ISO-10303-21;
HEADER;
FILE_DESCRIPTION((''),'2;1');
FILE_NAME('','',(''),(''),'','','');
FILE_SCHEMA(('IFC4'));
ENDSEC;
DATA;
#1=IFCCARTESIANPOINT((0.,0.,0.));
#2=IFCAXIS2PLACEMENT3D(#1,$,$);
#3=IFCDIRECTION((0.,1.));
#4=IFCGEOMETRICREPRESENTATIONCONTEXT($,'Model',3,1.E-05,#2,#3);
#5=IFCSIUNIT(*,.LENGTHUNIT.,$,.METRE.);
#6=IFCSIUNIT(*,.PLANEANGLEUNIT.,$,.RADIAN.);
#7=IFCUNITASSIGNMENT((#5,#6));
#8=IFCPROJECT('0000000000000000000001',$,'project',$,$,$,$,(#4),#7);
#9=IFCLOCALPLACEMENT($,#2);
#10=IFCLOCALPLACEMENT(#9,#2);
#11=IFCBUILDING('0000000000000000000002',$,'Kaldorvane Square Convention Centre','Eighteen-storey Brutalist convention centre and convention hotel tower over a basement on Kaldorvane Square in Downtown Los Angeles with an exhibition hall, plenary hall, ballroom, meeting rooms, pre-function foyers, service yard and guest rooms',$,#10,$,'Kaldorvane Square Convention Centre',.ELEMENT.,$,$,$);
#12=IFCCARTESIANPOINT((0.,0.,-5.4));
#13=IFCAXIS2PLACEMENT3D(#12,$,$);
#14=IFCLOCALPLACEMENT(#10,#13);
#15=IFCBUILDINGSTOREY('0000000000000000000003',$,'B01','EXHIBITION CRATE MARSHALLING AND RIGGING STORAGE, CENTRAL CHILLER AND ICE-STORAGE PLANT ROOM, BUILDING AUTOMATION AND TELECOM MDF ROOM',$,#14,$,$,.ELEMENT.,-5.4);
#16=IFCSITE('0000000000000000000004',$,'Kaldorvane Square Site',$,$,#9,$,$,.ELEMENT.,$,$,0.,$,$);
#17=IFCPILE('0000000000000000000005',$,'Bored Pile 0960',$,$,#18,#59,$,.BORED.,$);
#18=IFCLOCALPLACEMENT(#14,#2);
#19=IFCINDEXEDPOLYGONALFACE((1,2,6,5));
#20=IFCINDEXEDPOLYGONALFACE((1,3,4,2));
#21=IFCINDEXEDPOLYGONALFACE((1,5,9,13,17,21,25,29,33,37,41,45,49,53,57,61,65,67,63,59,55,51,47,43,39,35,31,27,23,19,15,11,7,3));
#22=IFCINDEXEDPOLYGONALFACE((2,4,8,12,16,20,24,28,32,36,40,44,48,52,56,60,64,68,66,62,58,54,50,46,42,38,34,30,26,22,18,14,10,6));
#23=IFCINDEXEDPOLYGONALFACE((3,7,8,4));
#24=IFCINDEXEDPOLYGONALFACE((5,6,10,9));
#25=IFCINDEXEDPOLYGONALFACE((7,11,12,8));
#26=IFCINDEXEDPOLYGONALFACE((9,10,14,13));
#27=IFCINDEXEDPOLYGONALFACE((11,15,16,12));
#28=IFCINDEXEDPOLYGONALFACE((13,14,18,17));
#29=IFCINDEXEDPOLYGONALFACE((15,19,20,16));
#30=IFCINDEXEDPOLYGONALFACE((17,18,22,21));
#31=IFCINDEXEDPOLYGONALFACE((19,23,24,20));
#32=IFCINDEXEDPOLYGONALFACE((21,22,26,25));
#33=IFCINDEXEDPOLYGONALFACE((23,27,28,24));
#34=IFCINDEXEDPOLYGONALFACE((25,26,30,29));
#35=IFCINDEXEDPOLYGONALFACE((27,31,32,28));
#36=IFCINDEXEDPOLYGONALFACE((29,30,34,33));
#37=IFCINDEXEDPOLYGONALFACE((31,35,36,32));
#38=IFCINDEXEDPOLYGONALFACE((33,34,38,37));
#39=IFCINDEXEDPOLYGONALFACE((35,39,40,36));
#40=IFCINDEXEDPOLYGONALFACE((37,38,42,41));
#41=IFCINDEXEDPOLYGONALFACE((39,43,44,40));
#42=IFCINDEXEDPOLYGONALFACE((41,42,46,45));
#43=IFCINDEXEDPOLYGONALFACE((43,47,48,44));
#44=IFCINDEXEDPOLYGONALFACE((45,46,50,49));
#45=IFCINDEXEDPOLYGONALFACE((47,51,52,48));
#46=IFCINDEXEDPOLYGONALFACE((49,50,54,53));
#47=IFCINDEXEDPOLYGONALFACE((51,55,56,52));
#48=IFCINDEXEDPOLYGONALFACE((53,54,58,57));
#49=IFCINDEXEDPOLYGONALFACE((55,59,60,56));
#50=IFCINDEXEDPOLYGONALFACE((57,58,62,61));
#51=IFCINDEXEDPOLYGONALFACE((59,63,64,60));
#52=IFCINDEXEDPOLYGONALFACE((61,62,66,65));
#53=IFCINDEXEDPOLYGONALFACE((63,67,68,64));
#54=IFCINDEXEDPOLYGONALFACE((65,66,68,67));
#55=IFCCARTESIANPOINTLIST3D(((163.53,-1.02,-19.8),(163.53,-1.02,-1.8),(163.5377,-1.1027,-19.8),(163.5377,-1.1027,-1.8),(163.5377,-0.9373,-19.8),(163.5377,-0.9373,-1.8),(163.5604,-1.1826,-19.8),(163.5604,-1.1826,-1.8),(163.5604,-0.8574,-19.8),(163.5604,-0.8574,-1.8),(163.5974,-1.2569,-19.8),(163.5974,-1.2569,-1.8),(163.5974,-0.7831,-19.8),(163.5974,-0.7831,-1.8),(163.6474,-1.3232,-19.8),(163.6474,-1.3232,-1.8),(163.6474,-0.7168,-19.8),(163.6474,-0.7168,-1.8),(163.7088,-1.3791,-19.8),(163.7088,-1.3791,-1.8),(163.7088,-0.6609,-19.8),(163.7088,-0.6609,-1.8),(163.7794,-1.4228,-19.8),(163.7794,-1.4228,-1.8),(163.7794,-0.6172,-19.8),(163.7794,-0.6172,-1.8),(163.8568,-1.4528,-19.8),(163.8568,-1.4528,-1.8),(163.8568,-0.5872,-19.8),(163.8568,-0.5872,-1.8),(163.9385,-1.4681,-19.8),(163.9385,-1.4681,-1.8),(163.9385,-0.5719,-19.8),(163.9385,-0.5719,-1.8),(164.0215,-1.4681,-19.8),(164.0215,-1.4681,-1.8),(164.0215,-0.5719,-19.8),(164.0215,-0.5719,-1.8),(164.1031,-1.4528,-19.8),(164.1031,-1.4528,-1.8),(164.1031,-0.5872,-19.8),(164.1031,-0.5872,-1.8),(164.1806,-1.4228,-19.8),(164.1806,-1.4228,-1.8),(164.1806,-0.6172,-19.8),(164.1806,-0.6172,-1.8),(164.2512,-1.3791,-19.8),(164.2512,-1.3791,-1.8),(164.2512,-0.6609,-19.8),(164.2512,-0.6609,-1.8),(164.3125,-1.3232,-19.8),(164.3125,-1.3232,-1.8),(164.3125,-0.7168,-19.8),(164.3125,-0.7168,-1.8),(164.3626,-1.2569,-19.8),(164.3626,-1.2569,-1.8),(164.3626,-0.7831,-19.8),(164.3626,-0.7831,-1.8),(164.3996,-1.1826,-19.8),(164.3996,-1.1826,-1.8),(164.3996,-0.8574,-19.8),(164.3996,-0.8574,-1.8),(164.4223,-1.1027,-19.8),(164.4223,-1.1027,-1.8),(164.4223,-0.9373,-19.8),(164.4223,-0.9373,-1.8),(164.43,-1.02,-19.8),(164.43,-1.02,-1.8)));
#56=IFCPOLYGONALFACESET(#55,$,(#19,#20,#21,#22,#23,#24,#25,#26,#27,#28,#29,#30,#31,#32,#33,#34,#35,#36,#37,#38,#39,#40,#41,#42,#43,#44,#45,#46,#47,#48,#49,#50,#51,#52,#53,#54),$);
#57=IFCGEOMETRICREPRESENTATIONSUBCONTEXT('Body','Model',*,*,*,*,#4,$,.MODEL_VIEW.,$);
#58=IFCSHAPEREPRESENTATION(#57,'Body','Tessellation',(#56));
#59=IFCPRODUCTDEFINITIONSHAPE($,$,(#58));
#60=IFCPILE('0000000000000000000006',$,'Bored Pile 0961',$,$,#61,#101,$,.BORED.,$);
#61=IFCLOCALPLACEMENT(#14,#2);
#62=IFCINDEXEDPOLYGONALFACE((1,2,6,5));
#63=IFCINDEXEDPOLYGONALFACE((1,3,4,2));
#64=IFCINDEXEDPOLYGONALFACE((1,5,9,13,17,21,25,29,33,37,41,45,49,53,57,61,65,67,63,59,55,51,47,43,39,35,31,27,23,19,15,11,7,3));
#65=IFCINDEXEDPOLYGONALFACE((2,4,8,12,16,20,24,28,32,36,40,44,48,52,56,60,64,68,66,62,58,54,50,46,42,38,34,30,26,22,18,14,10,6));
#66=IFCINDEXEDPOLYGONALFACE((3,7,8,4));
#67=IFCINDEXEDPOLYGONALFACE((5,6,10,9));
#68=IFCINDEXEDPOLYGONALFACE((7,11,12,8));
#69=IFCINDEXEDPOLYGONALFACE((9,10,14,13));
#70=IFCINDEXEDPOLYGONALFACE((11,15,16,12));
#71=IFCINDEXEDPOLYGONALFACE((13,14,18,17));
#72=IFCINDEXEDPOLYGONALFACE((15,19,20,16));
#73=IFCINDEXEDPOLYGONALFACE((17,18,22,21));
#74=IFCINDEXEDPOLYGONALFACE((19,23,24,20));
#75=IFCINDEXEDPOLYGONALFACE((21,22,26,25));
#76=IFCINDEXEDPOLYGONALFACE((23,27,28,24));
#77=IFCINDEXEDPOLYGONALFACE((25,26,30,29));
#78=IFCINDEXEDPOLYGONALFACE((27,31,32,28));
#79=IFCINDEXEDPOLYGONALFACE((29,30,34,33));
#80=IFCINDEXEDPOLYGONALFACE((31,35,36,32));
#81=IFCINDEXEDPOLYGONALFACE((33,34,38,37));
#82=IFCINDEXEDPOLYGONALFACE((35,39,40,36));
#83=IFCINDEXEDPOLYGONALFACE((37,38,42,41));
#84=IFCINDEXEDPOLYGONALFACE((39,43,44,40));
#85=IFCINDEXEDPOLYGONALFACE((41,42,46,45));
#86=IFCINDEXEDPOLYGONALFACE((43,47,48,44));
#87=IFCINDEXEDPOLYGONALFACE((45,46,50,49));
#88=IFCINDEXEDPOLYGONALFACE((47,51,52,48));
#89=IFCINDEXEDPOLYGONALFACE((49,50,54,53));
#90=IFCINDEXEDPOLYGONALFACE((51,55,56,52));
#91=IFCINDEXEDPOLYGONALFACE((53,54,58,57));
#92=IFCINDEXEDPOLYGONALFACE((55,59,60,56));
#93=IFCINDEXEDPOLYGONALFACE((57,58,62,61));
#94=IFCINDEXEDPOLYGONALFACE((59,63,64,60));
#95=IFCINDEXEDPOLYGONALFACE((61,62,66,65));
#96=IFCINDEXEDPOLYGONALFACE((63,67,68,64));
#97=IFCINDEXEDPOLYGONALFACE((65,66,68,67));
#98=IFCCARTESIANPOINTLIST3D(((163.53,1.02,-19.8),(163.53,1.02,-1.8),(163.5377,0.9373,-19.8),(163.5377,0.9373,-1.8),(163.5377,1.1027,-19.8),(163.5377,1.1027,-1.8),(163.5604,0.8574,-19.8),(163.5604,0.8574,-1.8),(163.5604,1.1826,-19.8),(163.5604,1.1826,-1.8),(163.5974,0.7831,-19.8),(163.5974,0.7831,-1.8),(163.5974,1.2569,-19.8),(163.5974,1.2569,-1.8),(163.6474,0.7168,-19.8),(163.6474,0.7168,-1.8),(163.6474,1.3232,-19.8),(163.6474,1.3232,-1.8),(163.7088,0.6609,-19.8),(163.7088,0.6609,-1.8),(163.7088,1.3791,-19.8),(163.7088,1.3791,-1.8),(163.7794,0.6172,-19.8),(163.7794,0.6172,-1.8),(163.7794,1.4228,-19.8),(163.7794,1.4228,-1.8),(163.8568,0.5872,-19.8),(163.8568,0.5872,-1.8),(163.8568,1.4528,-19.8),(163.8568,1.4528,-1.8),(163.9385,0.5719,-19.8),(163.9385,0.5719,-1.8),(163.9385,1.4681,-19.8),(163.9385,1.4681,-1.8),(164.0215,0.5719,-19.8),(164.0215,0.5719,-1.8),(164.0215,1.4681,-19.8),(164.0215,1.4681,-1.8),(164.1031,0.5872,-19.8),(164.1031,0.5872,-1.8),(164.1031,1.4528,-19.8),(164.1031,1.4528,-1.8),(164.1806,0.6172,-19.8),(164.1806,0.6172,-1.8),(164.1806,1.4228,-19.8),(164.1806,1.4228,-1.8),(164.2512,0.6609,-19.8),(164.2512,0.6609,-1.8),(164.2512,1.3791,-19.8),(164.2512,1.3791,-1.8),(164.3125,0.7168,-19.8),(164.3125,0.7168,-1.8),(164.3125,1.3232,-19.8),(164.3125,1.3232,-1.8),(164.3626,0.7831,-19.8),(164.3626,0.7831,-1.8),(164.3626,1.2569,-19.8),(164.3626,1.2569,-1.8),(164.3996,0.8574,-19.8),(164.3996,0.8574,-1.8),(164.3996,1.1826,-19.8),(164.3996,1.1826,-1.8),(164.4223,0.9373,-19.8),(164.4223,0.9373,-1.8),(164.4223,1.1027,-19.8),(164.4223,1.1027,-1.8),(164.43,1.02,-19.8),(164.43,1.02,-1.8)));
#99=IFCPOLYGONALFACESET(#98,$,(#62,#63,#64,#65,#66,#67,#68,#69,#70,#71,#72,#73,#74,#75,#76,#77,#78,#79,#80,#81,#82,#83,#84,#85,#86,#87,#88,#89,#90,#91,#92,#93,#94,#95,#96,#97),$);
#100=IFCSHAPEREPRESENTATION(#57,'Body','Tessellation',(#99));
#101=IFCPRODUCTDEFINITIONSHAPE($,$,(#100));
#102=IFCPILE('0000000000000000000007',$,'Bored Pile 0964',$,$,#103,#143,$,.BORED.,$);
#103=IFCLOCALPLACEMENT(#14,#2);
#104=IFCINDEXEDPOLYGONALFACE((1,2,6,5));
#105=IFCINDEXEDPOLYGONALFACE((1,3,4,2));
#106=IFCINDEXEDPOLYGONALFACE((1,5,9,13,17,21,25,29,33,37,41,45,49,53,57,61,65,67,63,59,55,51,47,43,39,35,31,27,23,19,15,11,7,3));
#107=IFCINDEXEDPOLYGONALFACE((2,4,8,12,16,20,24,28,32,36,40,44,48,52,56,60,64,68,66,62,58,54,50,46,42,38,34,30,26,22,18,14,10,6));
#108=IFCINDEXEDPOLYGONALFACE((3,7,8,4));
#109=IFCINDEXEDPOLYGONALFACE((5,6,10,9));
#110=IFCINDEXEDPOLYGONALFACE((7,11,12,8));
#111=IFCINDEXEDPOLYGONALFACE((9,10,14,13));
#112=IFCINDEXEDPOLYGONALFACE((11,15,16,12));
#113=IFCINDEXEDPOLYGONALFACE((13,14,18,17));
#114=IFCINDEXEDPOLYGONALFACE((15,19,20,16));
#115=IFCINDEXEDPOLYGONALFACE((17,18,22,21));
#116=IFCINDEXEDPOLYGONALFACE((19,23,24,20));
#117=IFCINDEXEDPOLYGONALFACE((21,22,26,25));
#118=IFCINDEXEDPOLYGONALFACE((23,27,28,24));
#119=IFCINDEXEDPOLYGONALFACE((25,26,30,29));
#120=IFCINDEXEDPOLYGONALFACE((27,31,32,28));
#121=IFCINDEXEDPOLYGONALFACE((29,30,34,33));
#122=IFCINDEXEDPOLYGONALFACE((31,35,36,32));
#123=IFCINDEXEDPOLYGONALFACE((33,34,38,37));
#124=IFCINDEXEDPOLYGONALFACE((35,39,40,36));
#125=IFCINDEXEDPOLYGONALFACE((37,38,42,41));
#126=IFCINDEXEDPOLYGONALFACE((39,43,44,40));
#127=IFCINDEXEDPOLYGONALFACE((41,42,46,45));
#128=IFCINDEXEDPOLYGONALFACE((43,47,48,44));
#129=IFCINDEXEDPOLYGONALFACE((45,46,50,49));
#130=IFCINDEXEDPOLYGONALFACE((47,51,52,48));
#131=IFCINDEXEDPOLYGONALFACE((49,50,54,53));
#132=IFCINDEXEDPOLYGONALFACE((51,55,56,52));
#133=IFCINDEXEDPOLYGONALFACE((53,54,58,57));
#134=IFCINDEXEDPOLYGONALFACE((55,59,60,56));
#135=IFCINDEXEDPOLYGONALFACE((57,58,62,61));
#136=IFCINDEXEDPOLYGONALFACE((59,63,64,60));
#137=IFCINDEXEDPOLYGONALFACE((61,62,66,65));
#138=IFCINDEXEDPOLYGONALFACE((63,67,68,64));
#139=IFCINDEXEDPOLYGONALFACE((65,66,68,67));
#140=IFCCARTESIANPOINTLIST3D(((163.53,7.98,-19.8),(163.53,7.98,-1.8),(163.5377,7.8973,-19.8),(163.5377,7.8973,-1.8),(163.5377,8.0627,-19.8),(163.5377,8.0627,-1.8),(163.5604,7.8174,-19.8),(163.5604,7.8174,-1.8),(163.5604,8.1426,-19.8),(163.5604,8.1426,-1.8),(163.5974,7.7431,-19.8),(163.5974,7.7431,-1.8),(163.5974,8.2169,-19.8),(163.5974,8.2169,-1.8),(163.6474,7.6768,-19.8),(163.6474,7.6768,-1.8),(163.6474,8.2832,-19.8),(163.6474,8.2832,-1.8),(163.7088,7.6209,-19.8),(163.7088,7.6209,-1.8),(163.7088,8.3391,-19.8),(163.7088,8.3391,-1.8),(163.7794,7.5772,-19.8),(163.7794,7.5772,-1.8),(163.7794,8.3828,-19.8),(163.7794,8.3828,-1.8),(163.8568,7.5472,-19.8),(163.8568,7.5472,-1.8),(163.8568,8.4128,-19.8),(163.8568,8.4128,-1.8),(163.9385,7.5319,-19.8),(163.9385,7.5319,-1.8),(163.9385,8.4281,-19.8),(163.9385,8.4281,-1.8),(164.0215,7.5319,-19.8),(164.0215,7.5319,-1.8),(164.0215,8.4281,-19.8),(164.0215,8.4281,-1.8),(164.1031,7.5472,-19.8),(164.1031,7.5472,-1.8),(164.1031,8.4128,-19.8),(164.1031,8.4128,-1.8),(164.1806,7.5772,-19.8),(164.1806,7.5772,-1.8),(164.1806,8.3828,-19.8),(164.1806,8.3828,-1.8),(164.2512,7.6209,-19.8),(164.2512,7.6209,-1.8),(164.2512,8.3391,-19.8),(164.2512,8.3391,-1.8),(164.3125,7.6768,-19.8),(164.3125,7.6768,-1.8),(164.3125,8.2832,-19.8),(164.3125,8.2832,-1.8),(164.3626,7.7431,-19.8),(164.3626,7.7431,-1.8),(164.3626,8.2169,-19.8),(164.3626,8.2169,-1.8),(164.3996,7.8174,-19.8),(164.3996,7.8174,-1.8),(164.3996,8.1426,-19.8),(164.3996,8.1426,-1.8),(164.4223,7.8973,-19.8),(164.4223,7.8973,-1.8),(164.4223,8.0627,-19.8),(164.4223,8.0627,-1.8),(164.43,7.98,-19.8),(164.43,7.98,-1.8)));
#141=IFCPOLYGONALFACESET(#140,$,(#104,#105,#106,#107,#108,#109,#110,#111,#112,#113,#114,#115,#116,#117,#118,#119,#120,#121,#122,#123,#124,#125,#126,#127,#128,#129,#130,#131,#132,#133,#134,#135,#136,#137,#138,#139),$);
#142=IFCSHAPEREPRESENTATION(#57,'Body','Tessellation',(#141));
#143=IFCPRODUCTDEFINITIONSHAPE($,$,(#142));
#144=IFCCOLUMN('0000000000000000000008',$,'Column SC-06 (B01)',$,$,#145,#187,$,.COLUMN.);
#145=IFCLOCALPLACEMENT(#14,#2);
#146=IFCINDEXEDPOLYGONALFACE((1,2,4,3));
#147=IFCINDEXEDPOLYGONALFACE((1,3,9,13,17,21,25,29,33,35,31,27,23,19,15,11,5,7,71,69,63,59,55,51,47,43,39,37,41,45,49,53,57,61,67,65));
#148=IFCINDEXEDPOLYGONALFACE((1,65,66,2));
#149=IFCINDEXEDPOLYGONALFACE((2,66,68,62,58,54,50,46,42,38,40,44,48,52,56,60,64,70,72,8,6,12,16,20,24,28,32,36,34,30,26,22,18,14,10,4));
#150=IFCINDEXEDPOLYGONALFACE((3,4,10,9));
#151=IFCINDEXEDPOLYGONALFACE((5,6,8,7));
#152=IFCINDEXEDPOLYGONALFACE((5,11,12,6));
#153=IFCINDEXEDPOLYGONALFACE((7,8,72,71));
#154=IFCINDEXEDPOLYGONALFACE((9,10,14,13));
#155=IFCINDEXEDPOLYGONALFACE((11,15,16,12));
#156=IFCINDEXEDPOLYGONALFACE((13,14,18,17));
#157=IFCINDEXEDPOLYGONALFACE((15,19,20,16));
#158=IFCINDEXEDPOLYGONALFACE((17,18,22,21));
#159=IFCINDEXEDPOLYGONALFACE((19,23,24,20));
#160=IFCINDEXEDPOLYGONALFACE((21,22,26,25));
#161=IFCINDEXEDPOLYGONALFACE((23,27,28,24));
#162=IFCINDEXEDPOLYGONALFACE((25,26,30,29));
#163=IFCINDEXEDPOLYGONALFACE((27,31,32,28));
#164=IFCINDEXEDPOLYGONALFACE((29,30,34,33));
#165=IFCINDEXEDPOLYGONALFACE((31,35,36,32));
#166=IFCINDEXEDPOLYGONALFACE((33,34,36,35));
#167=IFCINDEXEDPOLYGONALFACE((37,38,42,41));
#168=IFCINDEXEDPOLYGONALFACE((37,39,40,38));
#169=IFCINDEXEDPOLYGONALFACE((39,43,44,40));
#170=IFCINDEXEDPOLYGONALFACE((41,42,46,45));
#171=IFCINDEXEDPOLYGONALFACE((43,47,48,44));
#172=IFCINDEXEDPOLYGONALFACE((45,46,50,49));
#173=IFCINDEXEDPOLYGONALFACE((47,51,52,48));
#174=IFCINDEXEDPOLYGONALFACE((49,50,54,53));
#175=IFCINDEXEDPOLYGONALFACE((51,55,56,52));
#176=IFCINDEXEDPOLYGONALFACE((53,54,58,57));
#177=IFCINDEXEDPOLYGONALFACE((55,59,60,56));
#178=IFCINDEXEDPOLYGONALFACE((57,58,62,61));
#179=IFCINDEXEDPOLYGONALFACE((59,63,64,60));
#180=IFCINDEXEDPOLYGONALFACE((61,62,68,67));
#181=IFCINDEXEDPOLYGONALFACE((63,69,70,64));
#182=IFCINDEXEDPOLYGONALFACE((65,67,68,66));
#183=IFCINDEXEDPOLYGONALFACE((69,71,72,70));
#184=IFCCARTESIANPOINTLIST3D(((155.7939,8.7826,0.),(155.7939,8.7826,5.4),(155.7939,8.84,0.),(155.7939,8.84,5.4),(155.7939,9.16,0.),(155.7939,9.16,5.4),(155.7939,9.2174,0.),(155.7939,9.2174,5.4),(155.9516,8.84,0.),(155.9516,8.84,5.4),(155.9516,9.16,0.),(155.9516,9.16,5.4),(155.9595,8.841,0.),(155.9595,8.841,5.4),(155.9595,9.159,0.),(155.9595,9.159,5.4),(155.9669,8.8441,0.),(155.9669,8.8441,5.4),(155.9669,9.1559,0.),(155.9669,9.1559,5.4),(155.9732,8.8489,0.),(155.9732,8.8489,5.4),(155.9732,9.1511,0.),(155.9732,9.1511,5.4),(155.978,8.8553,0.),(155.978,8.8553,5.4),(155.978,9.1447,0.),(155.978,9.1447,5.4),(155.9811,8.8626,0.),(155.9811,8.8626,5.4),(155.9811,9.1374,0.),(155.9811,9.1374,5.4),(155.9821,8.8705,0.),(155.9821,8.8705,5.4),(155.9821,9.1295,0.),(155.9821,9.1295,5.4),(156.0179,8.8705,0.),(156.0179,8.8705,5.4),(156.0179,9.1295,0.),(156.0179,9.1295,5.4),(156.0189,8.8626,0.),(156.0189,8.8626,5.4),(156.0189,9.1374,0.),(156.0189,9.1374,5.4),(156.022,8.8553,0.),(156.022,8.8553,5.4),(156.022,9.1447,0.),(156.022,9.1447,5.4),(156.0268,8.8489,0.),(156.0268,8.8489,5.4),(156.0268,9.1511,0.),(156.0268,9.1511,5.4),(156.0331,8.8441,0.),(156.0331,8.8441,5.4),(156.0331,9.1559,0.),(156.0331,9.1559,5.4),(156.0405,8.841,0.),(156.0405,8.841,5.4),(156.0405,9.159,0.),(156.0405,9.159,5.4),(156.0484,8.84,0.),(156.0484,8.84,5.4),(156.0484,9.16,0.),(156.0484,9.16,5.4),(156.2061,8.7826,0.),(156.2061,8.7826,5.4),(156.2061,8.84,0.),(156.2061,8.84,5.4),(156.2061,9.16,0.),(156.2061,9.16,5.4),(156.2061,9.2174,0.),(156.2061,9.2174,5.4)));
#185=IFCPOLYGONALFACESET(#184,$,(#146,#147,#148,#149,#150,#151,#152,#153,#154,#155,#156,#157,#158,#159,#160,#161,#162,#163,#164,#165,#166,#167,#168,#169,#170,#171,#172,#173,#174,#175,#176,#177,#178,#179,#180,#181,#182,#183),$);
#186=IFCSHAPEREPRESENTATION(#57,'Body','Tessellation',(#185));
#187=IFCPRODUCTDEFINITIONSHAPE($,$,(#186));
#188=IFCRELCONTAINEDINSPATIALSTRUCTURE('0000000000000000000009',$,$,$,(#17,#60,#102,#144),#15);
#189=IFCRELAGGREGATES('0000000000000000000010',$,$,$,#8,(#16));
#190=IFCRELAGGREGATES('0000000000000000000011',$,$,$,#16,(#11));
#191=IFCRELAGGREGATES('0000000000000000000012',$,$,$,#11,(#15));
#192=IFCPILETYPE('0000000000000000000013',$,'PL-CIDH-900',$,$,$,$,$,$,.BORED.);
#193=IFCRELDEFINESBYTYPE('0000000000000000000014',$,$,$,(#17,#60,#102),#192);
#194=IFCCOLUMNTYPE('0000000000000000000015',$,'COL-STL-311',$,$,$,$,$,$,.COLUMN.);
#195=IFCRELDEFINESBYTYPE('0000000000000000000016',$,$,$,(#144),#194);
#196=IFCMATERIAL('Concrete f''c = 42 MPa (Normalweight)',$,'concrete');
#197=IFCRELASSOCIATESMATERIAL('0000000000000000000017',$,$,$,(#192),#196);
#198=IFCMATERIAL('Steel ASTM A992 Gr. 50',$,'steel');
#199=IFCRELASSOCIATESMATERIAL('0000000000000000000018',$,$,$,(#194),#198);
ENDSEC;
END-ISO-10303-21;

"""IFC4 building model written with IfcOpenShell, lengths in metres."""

from ifc_helpers import new_model, si_unit, direction, frame, origin, origin_2d, place, context, subcontext, project, spatial, circle, i_section, extrude, material, material_profile, profile_set, type_object, element, save


model = new_model("IFC4")

# Units and contexts
model_context = context("Model", 3, precision=1e-05, world=origin(), true_north=direction((0.0, 1.0)))
body_context = subcontext(model_context, "Body", "Model", "MODEL_VIEW")
ifc_project = project(units=[si_unit("LENGTHUNIT", "METRE"), si_unit("PLANEANGLEUNIT", "RADIAN")], contexts=[model_context])

# Site, building, storey
site_placement = place(None, origin())
site = spatial("IfcSite", under=ifc_project, at=site_placement, Name="Kaldorvane Square Site", CompositionType="ELEMENT", RefElevation=0.0)
building_placement = place(site_placement, origin())
building = spatial("IfcBuilding", under=site, at=building_placement, Name="Kaldorvane Square Convention Centre", Description="Eighteen-storey Brutalist convention centre and convention hotel tower over a basement on Kaldorvane Square in Downtown Los Angeles with an exhibition hall, plenary hall, ballroom, meeting rooms, pre-function foyers, service yard and guest rooms", LongName="Kaldorvane Square Convention Centre", CompositionType="ELEMENT")
storey_placement = place(building_placement, frame((0.0, 0.0, -5.4)))
storey = spatial("IfcBuildingStorey", under=building, at=storey_placement, Name="B01", Description="EXHIBITION CRATE MARSHALLING AND RIGGING STORAGE, CENTRAL CHILLER AND ICE-STORAGE PLANT ROOM, BUILDING AUTOMATION AND TELECOM MDF ROOM", CompositionType="ELEMENT", Elevation=-5.4)

# Shared definitions
ifc_material_1 = material(Name="Concrete f'c = 42 MPa (Normalweight)", Category="concrete")

# Piles
ifc_material_profile_1 = material_profile(ifc_material_1, circle(Radius=0.45, at=origin_2d()), Name="PILE-D900")
ifc_profile_set_1 = profile_set([ifc_material_profile_1], Name="Concrete f'c = 42 MPa (Normalweight)")
pile_type_1 = type_object("IfcPileType", Name="PL-CIDH-900", PredefinedType="BORED", material=ifc_profile_set_1)
for number, where, z_axis, x_axis, name in (
    (1, (163.98, -1.02, -1.8), (0.0, 0.0, -1.0), (1.0, 0.0, 0.0), "Bored Pile 0960"),
    (2, (163.98, 1.02, -1.8), (0.0, 0.0, -1.0), (1.0, 0.0, 0.0), "Bored Pile 0961"),
    (3, (163.98, 7.98, -1.8), (0.0, 0.0, -1.0), (1.0, 0.0, 0.0), "Bored Pile 0964"),
):
    element("IfcPile", number, at=place(storey_placement, frame(where, z_axis=z_axis, x_axis=x_axis)), inside=storey, type_object=pile_type_1, Name=name, PredefinedType="BORED", context=body_context, shape_type="SweptSolid", body=[
        extrude(circle(Radius=0.45, at=origin_2d()), origin(), (0.0, 0.0, 1.0), 18.0),
    ])

# Column
ifc_material_2 = material(Name="Steel ASTM A992 Gr. 50", Category="steel")
ifc_material_profile_2 = material_profile(ifc_material_2, i_section(OverallWidth=0.4122, OverallDepth=0.4348, WebThickness=0.0358, FlangeThickness=0.0574, FilletRadius=0.0305, at=origin_2d()), Name="W14X311")
ifc_profile_set_2 = profile_set([ifc_material_profile_2], Name="Steel ASTM A992 Gr. 50")
column_type = type_object("IfcColumnType", Name="COL-STL-311", PredefinedType="COLUMN", material=ifc_profile_set_2)
column_placement = place(storey_placement, frame((156.0, 9.0, 0.0), z_axis=(0.0, 0.0, 1.0), x_axis=(1.0, 0.0, 0.0)))
element("IfcColumn", 4, at=column_placement, inside=storey, type_object=column_type, Name="Column SC-06 (B01)", PredefinedType="COLUMN", context=body_context, shape_type="SweptSolid", body=[
    extrude(i_section(OverallWidth=0.4122, OverallDepth=0.4348, WebThickness=0.0358, FlangeThickness=0.0574, FilletRadius=0.0305, at=origin_2d()), origin(), (0.0, 0.0, 1.0), 5.4),
])

save(model, "model.ifc")
